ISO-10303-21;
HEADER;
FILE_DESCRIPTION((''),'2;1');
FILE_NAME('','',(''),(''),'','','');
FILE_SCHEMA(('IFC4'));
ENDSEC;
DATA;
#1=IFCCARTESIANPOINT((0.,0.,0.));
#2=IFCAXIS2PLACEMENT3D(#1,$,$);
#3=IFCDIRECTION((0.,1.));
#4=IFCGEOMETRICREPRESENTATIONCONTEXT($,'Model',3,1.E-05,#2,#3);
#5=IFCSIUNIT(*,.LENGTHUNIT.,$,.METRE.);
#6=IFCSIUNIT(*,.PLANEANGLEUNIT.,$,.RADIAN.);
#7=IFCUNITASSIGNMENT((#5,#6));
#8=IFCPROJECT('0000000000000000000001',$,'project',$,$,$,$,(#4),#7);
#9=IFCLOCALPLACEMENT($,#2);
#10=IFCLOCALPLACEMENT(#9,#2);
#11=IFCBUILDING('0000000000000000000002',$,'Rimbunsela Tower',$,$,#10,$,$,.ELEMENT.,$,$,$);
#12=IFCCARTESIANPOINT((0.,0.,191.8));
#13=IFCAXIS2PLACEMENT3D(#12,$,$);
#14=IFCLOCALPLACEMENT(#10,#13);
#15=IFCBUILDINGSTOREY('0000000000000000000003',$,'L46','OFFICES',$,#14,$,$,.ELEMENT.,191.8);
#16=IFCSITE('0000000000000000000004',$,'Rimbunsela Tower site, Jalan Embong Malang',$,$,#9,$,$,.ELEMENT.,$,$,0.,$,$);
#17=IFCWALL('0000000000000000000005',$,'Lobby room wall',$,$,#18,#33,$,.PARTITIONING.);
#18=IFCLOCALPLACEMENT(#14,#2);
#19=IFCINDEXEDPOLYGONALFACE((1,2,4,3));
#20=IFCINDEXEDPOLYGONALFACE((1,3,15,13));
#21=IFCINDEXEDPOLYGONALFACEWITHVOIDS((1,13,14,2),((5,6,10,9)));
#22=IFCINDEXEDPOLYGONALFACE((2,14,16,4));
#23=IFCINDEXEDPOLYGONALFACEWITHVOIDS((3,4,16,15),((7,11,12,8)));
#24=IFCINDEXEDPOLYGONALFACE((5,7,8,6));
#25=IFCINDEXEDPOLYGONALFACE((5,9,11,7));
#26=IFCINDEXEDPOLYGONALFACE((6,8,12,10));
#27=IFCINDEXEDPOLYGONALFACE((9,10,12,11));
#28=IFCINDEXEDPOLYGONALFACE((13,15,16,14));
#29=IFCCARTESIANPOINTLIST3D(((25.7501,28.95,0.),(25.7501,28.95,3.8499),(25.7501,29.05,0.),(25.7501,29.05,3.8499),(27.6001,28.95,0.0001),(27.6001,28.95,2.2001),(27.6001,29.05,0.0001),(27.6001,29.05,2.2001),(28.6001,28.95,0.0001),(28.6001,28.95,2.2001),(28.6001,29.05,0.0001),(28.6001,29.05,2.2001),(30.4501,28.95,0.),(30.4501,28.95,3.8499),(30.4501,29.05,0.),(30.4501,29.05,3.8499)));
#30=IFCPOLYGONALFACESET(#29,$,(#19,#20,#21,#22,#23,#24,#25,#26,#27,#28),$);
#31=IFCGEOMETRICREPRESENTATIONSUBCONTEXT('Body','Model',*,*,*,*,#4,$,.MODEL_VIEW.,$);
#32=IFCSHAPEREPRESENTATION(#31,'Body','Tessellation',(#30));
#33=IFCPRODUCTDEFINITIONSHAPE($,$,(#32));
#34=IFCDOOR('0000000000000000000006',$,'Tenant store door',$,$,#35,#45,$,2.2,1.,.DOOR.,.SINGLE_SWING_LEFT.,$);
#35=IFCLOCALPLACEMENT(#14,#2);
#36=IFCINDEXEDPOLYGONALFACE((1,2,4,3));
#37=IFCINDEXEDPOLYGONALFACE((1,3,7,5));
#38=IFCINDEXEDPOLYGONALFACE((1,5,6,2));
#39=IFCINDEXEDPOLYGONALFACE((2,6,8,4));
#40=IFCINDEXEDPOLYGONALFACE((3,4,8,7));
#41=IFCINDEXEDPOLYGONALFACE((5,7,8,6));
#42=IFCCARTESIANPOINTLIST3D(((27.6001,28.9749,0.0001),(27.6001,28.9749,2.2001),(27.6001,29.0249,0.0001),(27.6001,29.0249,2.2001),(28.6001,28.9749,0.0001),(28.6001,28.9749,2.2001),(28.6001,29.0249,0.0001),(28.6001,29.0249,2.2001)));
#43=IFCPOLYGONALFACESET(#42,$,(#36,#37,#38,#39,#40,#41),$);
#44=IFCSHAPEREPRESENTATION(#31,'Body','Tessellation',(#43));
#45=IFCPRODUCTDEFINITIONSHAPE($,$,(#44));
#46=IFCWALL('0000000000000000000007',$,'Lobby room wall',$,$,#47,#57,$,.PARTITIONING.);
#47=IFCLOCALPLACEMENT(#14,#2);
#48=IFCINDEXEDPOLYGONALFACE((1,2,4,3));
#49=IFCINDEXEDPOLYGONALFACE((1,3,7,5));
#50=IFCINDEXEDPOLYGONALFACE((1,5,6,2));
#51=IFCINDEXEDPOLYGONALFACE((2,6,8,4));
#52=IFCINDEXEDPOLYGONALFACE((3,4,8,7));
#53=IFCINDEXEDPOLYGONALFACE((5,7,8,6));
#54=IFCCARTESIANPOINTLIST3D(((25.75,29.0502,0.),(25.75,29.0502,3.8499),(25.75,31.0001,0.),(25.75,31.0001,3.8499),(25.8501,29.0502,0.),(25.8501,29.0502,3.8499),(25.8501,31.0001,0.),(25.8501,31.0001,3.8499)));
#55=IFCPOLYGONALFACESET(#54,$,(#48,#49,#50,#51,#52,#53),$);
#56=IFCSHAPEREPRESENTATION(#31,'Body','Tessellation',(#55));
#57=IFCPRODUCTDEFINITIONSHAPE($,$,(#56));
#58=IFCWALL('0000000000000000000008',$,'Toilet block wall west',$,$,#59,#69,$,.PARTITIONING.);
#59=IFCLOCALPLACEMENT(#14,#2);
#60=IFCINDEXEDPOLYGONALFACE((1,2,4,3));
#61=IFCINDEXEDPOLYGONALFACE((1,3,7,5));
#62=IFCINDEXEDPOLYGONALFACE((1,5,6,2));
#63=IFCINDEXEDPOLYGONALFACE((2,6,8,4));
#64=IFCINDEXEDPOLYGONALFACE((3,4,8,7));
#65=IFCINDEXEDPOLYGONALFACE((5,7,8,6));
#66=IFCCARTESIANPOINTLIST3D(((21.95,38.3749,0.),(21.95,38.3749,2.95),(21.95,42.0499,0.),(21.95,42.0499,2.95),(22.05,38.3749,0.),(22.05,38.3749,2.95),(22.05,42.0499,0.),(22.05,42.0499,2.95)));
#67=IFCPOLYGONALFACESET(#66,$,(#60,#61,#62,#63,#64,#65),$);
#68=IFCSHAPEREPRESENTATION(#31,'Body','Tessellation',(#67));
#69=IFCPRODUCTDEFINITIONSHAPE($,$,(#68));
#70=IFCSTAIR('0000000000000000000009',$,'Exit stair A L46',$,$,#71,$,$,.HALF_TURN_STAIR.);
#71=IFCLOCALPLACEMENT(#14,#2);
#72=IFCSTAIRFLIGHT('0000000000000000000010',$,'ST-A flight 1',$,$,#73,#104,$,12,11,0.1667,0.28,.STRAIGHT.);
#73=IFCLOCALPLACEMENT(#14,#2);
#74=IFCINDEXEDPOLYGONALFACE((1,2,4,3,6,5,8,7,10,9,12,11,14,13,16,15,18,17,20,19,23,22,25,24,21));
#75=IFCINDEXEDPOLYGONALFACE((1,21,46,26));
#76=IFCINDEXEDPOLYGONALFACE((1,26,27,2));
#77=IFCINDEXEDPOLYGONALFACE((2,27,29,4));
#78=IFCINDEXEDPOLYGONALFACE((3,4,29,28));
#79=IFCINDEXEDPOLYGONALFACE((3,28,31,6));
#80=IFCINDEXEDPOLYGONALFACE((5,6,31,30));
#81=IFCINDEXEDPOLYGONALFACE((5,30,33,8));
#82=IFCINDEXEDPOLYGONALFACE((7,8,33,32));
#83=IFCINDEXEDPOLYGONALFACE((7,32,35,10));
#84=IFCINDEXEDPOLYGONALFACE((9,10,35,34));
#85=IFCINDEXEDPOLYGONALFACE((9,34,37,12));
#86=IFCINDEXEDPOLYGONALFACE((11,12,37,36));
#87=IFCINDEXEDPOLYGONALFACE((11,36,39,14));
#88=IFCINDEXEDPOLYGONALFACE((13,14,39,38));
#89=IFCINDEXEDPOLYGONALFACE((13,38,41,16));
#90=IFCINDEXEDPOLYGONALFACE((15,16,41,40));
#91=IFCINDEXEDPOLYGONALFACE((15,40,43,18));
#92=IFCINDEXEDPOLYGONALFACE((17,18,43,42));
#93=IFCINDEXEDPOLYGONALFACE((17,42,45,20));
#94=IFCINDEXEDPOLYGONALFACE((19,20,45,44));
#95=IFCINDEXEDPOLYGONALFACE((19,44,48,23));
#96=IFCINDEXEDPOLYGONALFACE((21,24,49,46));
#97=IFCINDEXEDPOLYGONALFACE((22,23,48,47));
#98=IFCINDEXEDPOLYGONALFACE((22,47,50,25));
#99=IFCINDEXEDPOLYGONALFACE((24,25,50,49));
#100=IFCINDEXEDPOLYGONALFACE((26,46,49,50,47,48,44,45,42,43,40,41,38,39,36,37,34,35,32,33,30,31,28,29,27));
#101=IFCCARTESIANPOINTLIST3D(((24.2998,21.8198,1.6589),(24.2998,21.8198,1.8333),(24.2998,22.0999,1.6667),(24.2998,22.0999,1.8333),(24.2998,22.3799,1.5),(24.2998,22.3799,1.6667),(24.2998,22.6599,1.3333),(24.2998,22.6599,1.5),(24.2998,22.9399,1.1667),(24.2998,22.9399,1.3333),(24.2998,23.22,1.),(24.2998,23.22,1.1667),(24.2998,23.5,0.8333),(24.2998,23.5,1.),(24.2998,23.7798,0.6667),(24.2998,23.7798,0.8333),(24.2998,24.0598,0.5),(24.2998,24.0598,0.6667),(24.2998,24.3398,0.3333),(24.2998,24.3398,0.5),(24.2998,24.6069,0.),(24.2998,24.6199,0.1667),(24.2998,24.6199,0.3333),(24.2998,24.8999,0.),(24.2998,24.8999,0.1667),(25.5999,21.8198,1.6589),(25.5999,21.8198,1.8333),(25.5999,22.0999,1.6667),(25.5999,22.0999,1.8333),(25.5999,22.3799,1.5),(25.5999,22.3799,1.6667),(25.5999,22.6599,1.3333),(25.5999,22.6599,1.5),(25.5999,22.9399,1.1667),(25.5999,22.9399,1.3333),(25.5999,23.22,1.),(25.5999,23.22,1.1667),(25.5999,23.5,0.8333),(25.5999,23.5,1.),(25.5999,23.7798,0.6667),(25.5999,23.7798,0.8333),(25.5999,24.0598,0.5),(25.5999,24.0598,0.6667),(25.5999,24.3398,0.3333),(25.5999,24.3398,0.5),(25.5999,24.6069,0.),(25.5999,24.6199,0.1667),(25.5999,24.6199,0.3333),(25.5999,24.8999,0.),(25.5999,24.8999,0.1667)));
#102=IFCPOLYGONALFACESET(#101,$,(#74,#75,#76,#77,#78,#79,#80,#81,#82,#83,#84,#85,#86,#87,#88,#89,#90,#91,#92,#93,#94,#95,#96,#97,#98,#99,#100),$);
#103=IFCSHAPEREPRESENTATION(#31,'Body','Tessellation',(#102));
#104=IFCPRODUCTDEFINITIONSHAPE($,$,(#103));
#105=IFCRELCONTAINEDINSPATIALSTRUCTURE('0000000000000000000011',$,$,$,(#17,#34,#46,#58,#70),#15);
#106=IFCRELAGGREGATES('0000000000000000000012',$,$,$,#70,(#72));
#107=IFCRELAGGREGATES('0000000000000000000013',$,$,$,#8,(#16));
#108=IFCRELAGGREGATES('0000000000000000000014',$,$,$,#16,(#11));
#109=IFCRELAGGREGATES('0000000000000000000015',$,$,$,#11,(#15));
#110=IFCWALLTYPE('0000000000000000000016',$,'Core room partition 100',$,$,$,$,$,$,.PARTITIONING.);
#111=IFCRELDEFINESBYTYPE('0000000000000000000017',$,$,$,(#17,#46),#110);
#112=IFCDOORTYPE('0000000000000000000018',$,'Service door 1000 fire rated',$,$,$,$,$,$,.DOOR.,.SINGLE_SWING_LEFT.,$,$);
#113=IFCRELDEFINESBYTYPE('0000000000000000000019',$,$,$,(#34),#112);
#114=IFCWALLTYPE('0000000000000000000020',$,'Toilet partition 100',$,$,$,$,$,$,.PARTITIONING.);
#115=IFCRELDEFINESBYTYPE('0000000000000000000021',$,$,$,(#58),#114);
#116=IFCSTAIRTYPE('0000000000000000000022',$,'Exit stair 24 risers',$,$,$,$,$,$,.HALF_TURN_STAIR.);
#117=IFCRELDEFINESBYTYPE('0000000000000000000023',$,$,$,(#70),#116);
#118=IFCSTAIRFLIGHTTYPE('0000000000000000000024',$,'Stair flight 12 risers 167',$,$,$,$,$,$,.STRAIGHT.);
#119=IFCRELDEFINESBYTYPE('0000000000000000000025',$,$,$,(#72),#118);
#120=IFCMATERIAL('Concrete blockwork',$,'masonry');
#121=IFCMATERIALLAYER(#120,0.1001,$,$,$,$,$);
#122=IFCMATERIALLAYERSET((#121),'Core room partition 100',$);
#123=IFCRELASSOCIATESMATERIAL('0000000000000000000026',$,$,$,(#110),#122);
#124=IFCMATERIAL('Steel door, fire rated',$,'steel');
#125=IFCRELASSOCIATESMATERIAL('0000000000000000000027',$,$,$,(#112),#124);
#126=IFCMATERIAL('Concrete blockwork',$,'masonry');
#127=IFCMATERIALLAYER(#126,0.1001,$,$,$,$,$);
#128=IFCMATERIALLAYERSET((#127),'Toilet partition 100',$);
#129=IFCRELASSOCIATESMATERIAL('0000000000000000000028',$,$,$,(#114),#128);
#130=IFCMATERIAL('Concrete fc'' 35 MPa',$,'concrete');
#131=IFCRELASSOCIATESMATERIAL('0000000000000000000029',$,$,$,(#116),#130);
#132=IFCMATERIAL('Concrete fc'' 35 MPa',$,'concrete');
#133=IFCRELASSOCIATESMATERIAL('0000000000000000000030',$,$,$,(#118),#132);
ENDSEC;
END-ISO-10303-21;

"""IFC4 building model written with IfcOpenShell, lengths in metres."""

from ifc_helpers import new_model, si_unit, direction, frame, frame_2d, origin, place, context, subcontext, project, spatial, polyline, rectangle, outline, extrude, material, layer, layer_set, type_object, element, fill, aggregate, save


model = new_model("IFC4")

# Units and contexts
model_context = context("Model", 3, precision=1e-05, world=origin(), true_north=direction((0.0, 1.0)))
body_context = subcontext(model_context, "Body", "Model", "MODEL_VIEW")
ifc_project = project(units=[si_unit("LENGTHUNIT", "METRE"), si_unit("PLANEANGLEUNIT", "RADIAN")], contexts=[model_context])

# Site, building, storey
site_placement = place(None, origin())
site = spatial("IfcSite", under=ifc_project, at=site_placement, Name="Rimbunsela Tower site, Jalan Embong Malang", CompositionType="ELEMENT", RefElevation=0.0)
building_placement = place(site_placement, origin())
building = spatial("IfcBuilding", under=site, at=building_placement, Name="Rimbunsela Tower", CompositionType="ELEMENT")
storey_placement = place(building_placement, frame((0.0, 0.0, 191.8)))
storey = spatial("IfcBuildingStorey", under=building, at=storey_placement, Name="L46", Description="OFFICES", CompositionType="ELEMENT", Elevation=191.8)

# Wall, opening, door
ifc_material_1 = material(Name="Concrete blockwork", Category="masonry")
ifc_layer_1 = layer(ifc_material_1, 0.1001)
ifc_layer_set_1 = layer_set([ifc_layer_1], Name="Core room partition 100")
wall_type_1 = type_object("IfcWallType", Name="Core room partition 100", PredefinedType="PARTITIONING", material=ifc_layer_set_1)
ifc_material_2 = material(Name="Steel door, fire rated", Category="steel")
door_type_1 = type_object("IfcDoorType", Name="Service door 1000 fire rated", OperationType="SINGLE_SWING_LEFT", PredefinedType="DOOR", material=ifc_material_2)
wall_1_placement = place(storey_placement, frame((25.75, 29.0, 0.0), z_axis=(0.0, 0.0, 1.0), x_axis=(1.0, 0.0, 0.0)))
wall_1 = element("IfcWall", 1, at=wall_1_placement, inside=storey, type_object=wall_type_1, Name="Lobby room wall", PredefinedType="PARTITIONING", context=body_context, shape_type="SweptSolid", body=[
    extrude(rectangle(XDim=4.7, YDim=0.1001, at=frame_2d((2.3501, 0.0))), origin(), (0.0, 0.0, 1.0), 3.8499),
])
opening_1_placement = place(wall_1_placement, frame((1.8501, 0.0, 0.0)))
opening_1 = element("IfcOpeningElement", 2, at=opening_1_placement, cuts=wall_1, PredefinedType="OPENING", context=body_context, shape_type="SweptSolid", body=[
    extrude(rectangle(XDim=1.0, YDim=2.2, at=frame_2d((0.5, 1.1001))), frame((0.0, 0.0601, 0.0), z_axis=(0.0, -1.0, 0.0), x_axis=(1.0, 0.0, 0.0)), (0.0, 0.0, 1.0), 0.1201),
])
door_1_placement = place(opening_1_placement, origin())
door_1 = element("IfcDoor", 3, at=door_1_placement, inside=storey, type_object=door_type_1, Name="Tenant store door", OperationType="SINGLE_SWING_LEFT", OverallHeight=2.2, OverallWidth=1.0, PredefinedType="DOOR", context=body_context, shape_type="SweptSolid", body=[
    extrude(rectangle(XDim=1.0, YDim=2.2, at=frame_2d((0.5, 1.1001))), frame((0.0, 0.0249, 0.0), z_axis=(0.0, -1.0, 0.0), x_axis=(1.0, 0.0, 0.0)), (0.0, 0.0, 1.0), 0.05),
])
fill(opening_1, door_1)

# Walls
wall_2_placement = place(storey_placement, frame((25.8, 29.05, 0.0), z_axis=(0.0, 0.0, 1.0), x_axis=(0.0, 1.0, 0.0)))
element("IfcWall", 4, at=wall_2_placement, inside=storey, type_object=wall_type_1, Name="Lobby room wall", PredefinedType="PARTITIONING", context=body_context, shape_type="SweptSolid", body=[
    extrude(rectangle(XDim=1.95, YDim=0.1001, at=frame_2d((0.9751, 0.0))), origin(), (0.0, 0.0, 1.0), 3.8499),
])
ifc_material_3 = material(Name="Concrete blockwork", Category="masonry")
ifc_layer_2 = layer(ifc_material_3, 0.1001)
ifc_layer_set_2 = layer_set([ifc_layer_2], Name="Toilet partition 100")
wall_type_2 = type_object("IfcWallType", Name="Toilet partition 100", PredefinedType="PARTITIONING", material=ifc_layer_set_2)
wall_3_placement = place(storey_placement, frame((22.0, 38.375, 0.0), z_axis=(0.0, 0.0, 1.0), x_axis=(0.0, 1.0, 0.0)))
element("IfcWall", 5, at=wall_3_placement, inside=storey, type_object=wall_type_2, Name="Toilet block wall west", PredefinedType="PARTITIONING", context=body_context, shape_type="SweptSolid", body=[
    extrude(rectangle(XDim=3.675, YDim=0.1001, at=frame_2d((1.8374, 0.0))), origin(), (0.0, 0.0, 1.0), 2.95),
])

# Stair, stair flight
ifc_material_4 = material(Name="Concrete fc' 35 MPa", Category="concrete")
stair_type = type_object("IfcStairType", Name="Exit stair 24 risers", PredefinedType="HALF_TURN_STAIR", material=ifc_material_4)
stair_placement = place(storey_placement, origin())
stair = element("IfcStair", 6, at=stair_placement, inside=storey, type_object=stair_type, Name="Exit stair A L46", PredefinedType="HALF_TURN_STAIR")
ifc_material_5 = material(Name="Concrete fc' 35 MPa", Category="concrete")
stair_flight_type = type_object("IfcStairFlightType", Name="Stair flight 12 risers 167", PredefinedType="STRAIGHT", material=ifc_material_5)
stair_flight_placement = place(storey_placement, frame((24.95, 24.8999, 0.0), z_axis=(0.0, 0.0, 1.0), x_axis=(0.0, -1.0, 0.0)))
stair_flight = element("IfcStairFlight", 7, at=stair_flight_placement, type_object=stair_flight_type, Name="ST-A flight 1", NumberOfRisers=12, NumberOfTreads=11, PredefinedType="STRAIGHT", RiserHeight=0.1667, TreadLength=0.28, context=body_context, shape_type="SweptSolid", body=[
    extrude(outline(polyline([(0.0, 0.0), (0.0, 0.1667), (0.28, 0.1667), (0.28, 0.3333), (0.5601, 0.3333), (0.5601, 0.5), (0.8401, 0.5), (0.8401, 0.6667), (1.1201, 0.6667), (1.1201, 0.8333), (1.3999, 0.8333), (1.3999, 1.0), (1.6799, 1.0), (1.6799, 1.1667), (1.96, 1.1667), (1.96, 1.3333), (2.24, 1.3333), (2.24, 1.5), (2.52, 1.5), (2.52, 1.6667), (2.8, 1.6667), (2.8, 1.8333), (3.0801, 1.8333), (3.0801, 2.0), (3.0801, 1.6589), (0.293, 0.0), (0.0, 0.0)])), frame((0.0, 0.6499, 0.0), z_axis=(0.0, -1.0, 0.0), x_axis=(1.0, 0.0, 0.0)), (0.0, 0.0, 1.0), 1.3),
])
aggregate(stair, [stair_flight])

save(model, "model.ifc")
